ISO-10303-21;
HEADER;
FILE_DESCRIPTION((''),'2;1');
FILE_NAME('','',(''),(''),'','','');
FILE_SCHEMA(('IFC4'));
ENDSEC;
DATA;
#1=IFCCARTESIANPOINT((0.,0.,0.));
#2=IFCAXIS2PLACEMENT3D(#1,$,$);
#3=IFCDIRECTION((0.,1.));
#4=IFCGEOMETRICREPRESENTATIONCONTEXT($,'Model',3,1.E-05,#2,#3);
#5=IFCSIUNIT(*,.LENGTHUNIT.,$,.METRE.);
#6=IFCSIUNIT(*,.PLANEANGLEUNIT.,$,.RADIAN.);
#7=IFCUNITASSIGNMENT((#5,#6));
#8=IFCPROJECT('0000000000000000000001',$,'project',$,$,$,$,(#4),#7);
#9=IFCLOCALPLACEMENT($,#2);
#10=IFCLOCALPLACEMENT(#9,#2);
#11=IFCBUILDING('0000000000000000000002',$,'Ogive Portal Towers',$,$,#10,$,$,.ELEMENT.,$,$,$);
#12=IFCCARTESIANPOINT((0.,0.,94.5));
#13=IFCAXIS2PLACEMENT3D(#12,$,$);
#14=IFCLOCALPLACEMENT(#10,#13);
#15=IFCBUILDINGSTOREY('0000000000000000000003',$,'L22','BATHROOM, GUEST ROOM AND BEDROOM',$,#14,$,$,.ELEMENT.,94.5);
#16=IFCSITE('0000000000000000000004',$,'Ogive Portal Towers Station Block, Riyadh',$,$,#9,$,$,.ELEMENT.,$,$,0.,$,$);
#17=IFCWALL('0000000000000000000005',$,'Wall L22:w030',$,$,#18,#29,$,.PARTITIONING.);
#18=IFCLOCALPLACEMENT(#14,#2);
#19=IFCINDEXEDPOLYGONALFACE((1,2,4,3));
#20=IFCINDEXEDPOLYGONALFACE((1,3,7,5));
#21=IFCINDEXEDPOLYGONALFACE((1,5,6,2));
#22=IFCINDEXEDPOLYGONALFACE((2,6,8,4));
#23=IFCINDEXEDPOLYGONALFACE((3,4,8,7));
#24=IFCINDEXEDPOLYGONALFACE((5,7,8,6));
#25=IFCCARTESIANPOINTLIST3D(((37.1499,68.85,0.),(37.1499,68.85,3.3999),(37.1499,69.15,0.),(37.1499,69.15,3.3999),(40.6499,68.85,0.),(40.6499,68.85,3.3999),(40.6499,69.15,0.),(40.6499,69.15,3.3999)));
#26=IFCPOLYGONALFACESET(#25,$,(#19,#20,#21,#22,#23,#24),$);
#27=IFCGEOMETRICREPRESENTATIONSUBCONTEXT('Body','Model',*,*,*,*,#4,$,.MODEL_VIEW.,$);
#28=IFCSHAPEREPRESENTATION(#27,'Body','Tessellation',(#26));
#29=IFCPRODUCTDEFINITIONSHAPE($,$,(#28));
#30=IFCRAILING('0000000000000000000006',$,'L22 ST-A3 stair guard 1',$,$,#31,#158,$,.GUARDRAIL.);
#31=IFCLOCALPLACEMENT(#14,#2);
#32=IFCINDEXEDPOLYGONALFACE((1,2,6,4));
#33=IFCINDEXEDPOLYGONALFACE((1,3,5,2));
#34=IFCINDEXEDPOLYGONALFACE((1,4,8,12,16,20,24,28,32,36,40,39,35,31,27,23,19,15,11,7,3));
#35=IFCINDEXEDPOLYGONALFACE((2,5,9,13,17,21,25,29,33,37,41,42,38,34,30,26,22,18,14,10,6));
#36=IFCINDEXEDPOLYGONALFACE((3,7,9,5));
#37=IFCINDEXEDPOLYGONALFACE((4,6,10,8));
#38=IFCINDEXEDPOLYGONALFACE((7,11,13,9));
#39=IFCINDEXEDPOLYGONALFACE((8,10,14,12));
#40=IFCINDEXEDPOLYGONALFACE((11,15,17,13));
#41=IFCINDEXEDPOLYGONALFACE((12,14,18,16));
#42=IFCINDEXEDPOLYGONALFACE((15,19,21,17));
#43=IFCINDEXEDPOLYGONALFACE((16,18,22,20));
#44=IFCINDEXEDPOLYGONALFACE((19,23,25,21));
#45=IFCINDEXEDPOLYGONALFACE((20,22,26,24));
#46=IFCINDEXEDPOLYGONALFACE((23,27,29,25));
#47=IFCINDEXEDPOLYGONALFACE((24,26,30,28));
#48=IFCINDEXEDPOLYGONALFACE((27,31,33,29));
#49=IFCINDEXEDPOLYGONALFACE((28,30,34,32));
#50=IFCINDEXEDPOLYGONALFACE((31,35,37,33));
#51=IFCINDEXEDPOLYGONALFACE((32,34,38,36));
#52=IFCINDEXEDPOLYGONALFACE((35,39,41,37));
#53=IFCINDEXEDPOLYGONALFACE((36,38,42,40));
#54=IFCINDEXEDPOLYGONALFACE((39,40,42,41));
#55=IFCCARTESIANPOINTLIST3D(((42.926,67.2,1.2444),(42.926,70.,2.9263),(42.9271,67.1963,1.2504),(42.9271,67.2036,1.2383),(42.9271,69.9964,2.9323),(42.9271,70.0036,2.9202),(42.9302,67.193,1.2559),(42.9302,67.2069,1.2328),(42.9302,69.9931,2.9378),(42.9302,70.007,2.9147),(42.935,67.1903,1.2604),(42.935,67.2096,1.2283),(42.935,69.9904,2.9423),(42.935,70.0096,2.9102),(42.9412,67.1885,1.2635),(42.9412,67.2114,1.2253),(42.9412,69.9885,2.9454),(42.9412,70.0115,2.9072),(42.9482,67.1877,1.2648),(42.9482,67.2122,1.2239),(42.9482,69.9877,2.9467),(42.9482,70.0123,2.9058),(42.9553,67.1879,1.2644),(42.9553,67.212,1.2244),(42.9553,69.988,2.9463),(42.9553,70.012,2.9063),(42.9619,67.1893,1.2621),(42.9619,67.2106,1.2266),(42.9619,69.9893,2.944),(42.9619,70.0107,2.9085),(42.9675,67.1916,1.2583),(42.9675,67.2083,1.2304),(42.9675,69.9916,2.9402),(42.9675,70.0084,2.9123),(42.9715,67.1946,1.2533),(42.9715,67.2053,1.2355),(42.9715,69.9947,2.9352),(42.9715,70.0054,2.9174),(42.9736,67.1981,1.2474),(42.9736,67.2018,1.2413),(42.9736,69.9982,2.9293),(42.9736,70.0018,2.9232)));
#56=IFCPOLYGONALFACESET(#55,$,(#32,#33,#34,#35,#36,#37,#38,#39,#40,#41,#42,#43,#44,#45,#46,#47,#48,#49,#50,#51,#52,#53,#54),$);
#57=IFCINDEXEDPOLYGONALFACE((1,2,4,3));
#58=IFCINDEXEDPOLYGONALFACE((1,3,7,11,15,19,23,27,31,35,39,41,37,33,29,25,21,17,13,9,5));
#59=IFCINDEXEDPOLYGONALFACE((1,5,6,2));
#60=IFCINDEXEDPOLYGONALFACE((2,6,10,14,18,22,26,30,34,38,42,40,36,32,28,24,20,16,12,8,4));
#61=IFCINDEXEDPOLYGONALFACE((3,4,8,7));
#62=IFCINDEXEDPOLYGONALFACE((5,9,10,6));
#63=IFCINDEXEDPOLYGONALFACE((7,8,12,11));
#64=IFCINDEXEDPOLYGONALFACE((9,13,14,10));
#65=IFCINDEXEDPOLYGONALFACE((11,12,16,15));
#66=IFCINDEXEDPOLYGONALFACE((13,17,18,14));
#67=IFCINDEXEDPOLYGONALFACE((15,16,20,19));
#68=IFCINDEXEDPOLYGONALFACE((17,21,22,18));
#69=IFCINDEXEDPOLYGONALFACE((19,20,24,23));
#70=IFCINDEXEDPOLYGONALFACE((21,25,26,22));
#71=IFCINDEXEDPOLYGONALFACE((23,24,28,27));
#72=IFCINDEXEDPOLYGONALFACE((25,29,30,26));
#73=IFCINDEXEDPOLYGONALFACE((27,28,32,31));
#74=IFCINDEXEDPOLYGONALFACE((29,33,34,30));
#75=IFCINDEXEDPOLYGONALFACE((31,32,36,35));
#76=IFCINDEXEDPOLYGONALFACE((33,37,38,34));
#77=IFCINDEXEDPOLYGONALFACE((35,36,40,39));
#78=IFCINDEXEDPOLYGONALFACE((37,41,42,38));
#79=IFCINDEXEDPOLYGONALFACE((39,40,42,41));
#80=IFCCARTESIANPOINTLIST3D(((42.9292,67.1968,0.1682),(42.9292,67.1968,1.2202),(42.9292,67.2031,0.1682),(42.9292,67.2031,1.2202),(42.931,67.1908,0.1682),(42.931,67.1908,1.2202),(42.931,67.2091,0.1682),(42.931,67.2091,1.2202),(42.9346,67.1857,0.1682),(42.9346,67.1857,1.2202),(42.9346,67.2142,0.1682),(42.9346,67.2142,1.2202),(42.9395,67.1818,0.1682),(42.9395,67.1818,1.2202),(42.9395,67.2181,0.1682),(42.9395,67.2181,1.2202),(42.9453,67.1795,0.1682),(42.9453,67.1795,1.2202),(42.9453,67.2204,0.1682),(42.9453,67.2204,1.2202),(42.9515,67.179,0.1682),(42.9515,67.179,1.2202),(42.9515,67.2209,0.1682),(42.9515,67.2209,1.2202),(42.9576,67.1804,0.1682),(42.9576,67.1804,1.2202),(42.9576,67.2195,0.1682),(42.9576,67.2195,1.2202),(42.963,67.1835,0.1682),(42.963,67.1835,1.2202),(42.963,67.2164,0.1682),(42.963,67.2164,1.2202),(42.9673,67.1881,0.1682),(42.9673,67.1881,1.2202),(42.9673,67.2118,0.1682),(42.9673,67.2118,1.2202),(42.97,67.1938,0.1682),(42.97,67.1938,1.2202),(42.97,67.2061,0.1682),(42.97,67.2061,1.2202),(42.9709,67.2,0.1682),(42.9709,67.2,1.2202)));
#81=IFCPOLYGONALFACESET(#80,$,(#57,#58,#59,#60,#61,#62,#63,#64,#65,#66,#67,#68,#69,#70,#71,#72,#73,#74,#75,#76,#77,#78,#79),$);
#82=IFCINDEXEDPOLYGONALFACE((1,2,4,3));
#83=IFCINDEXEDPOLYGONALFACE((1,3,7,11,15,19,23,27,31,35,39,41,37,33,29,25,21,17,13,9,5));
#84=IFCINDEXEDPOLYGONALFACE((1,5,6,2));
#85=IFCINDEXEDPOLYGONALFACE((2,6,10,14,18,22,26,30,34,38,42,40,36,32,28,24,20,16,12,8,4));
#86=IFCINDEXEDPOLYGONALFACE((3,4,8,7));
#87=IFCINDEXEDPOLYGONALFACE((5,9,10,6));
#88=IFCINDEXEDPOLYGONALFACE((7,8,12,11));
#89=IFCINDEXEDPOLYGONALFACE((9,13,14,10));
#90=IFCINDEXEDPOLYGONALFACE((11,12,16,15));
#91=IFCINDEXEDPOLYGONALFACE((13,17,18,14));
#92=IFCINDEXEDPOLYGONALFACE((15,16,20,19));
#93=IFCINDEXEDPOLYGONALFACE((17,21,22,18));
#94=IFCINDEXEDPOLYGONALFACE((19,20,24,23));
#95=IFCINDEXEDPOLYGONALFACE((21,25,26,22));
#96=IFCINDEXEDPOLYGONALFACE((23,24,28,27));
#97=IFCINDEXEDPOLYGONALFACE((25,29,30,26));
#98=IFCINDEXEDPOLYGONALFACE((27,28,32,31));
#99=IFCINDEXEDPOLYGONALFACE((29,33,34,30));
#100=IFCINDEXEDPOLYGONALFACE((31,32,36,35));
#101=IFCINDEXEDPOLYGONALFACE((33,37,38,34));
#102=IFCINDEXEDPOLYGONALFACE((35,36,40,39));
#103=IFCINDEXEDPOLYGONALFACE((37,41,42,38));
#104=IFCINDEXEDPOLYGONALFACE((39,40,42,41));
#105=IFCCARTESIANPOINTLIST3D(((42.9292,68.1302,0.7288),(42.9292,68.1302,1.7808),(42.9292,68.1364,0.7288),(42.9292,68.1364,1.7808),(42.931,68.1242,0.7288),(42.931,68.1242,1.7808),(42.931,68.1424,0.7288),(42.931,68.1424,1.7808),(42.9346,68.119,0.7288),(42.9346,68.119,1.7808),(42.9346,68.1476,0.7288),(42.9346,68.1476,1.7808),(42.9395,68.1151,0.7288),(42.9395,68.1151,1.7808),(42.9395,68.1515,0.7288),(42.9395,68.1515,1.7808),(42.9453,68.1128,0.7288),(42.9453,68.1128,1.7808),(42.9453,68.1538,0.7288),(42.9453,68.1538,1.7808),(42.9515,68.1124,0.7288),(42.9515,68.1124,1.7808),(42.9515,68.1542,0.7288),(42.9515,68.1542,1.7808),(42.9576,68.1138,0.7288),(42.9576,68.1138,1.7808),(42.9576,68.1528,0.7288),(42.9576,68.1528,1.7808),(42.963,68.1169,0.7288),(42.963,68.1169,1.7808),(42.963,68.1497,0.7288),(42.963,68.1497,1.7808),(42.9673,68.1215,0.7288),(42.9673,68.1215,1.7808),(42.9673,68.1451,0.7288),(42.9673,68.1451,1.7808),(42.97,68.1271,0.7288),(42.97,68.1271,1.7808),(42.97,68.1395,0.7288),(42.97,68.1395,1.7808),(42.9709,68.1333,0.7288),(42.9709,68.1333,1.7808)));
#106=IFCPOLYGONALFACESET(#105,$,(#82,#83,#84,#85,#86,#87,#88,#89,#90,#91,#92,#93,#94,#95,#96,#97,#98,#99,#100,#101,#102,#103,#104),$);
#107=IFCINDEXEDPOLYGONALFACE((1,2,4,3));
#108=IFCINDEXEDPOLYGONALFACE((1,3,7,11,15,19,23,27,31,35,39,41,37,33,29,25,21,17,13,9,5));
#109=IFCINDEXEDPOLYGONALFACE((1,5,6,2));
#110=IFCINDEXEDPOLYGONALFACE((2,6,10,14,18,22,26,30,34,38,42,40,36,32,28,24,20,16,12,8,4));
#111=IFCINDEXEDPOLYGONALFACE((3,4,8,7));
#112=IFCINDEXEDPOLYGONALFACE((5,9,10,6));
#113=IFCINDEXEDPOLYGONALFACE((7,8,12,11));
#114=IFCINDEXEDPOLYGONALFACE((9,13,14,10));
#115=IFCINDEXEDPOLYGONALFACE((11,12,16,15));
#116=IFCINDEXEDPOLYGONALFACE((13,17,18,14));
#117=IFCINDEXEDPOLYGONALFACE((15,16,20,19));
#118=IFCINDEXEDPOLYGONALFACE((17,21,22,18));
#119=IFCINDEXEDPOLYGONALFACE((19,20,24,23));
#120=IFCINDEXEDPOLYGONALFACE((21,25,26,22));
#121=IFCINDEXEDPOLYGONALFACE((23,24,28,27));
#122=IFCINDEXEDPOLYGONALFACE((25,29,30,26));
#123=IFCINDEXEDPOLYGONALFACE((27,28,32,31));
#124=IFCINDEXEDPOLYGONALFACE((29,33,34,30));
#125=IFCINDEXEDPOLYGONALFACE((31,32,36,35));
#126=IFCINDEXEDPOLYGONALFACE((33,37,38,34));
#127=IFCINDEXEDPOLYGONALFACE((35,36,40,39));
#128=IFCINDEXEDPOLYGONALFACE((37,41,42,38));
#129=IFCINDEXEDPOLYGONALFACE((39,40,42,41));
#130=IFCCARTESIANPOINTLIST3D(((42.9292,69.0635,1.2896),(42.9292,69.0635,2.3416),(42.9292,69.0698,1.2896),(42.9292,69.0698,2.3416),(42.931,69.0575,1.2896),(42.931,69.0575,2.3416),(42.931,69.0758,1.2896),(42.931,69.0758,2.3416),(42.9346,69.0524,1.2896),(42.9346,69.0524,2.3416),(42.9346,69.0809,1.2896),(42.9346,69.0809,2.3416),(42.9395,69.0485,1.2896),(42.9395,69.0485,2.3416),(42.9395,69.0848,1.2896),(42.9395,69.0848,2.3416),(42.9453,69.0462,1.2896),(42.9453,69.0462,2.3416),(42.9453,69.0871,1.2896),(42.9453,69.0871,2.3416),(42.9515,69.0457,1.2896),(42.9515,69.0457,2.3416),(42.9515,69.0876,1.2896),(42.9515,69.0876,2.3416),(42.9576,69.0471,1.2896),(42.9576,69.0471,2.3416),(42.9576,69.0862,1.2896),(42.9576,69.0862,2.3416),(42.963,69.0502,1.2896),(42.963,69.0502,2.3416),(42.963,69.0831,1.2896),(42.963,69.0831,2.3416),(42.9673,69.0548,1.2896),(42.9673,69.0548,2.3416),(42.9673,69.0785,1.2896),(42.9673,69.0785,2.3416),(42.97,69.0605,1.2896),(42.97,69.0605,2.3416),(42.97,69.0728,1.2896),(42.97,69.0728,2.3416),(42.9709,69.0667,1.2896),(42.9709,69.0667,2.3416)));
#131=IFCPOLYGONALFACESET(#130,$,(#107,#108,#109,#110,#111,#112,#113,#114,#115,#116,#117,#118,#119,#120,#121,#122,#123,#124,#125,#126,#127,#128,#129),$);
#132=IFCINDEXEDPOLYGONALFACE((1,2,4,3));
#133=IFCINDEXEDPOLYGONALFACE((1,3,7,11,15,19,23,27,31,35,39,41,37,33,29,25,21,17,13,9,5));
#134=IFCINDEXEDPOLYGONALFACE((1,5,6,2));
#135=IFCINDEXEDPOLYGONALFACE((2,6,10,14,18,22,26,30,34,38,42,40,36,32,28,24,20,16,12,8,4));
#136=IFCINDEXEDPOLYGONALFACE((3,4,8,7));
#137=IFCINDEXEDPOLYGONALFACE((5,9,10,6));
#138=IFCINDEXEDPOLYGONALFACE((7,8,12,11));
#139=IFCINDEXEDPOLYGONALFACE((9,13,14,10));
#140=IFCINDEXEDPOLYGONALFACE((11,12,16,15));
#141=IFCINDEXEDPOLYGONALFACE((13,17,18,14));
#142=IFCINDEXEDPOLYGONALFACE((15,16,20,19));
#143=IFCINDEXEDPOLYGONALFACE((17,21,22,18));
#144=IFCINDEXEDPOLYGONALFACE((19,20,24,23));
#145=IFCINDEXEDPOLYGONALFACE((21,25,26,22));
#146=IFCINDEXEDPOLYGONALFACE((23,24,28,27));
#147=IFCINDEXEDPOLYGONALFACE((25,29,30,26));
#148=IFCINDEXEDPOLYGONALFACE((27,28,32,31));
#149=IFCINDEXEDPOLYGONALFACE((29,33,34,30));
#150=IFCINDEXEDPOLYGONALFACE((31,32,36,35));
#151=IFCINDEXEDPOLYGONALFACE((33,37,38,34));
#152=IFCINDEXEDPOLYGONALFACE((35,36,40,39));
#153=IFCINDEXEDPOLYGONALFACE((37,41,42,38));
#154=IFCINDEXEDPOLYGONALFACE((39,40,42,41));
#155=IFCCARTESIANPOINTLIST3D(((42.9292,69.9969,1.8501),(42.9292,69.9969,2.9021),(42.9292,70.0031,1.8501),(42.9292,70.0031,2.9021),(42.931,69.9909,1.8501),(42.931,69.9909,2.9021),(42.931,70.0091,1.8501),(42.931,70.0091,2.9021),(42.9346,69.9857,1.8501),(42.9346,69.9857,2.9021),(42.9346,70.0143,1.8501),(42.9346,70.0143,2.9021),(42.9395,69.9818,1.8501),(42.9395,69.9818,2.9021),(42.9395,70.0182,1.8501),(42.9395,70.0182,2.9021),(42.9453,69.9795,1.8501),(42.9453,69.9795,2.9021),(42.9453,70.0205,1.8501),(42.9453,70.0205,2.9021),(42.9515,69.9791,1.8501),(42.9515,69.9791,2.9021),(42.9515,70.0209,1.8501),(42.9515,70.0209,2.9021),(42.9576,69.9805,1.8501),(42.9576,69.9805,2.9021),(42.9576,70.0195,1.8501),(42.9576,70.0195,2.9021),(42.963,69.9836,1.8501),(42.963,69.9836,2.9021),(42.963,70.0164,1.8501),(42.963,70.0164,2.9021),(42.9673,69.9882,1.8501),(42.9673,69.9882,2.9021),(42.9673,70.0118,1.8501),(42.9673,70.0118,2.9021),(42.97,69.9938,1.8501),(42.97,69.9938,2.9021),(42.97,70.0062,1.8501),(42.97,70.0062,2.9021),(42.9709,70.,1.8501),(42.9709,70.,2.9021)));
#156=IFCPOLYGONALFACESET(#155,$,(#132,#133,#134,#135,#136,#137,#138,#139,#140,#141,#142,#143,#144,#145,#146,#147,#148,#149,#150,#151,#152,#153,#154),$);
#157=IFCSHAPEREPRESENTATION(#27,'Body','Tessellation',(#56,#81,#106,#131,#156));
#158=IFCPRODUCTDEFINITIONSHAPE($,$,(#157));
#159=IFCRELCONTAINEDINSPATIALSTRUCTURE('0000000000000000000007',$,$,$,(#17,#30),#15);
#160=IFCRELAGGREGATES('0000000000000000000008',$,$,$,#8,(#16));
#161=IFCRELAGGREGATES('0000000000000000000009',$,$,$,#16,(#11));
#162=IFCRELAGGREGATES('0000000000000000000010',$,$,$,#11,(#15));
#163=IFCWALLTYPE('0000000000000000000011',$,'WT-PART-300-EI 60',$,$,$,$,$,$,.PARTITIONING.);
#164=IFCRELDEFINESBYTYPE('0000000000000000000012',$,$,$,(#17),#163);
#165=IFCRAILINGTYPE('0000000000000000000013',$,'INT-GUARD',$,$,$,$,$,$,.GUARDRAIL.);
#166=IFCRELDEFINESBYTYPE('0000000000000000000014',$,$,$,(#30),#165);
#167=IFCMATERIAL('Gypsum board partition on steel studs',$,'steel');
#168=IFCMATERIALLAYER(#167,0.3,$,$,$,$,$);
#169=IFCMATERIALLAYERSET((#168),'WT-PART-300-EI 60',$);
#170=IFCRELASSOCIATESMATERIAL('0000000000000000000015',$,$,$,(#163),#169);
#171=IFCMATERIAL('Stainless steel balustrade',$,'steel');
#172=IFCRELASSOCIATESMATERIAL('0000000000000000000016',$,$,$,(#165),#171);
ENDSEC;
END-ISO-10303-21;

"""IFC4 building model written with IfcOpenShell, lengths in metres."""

from ifc_helpers import new_model, si_unit, direction, frame, frame_2d, origin, origin_2d, place, context, subcontext, project, spatial, rectangle, circle, extrude, material, layer, layer_set, type_object, element, save


model = new_model("IFC4")

# Units and contexts
model_context = context("Model", 3, precision=1e-05, world=origin(), true_north=direction((0.0, 1.0)))
body_context = subcontext(model_context, "Body", "Model", "MODEL_VIEW")
ifc_project = project(units=[si_unit("LENGTHUNIT", "METRE"), si_unit("PLANEANGLEUNIT", "RADIAN")], contexts=[model_context])

# Site, building, storey
site_placement = place(None, origin())
site = spatial("IfcSite", under=ifc_project, at=site_placement, Name="Ogive Portal Towers Station Block, Riyadh", CompositionType="ELEMENT", RefElevation=0.0)
building_placement = place(site_placement, origin())
building = spatial("IfcBuilding", under=site, at=building_placement, Name="Ogive Portal Towers", CompositionType="ELEMENT")
storey_placement = place(building_placement, frame((0.0, 0.0, 94.5)))
storey = spatial("IfcBuildingStorey", under=building, at=storey_placement, Name="L22", Description="BATHROOM, GUEST ROOM AND BEDROOM", CompositionType="ELEMENT", Elevation=94.5)

# Wall
ifc_material_1 = material(Name="Gypsum board partition on steel studs", Category="steel")
ifc_layer_1 = layer(ifc_material_1, 0.3)
ifc_layer_set_1 = layer_set([ifc_layer_1], Name="WT-PART-300-EI 60")
wall_type_1 = type_object("IfcWallType", Name="WT-PART-300-EI 60", PredefinedType="PARTITIONING", material=ifc_layer_set_1)
wall_1_placement = place(storey_placement, frame((37.1499, 69.0, 0.0), z_axis=(0.0, 0.0, 1.0), x_axis=(1.0, 0.0, 0.0)))
element("IfcWall", 1, at=wall_1_placement, inside=storey, type_object=wall_type_1, Name="Wall L22:w030", PredefinedType="PARTITIONING", context=body_context, shape_type="SweptSolid", body=[
    extrude(rectangle(XDim=3.5, YDim=0.3, at=frame_2d((1.75, 0.0))), origin(), (0.0, 0.0, 1.0), 3.3999),
])

# Railing
ifc_material_2 = material(Name="Stainless steel balustrade", Category="steel")
railing_type_1 = type_object("IfcRailingType", Name="INT-GUARD", PredefinedType="GUARDRAIL", material=ifc_material_2)
railing_1_placement = place(storey_placement, frame((42.95, 67.2, 0.1682)))
element("IfcRailing", 2, at=railing_1_placement, inside=storey, type_object=railing_type_1, Name="L22 ST-A3 stair guard 1", PredefinedType="GUARDRAIL", context=body_context, shape_type="SweptSolid", body=[
    extrude(circle(Radius=0.0239, at=origin_2d()), frame((0.0, 0.0, 1.0762), z_axis=(0.0, 0.857242, 0.514913), x_axis=(-1.0, 0.0, 0.0)), (0.0, 0.0, 1.0), 3.2664),
    extrude(circle(Radius=0.021, at=origin_2d()), origin(), (0.0, 0.0, 1.0), 1.052),
    extrude(circle(Radius=0.021, at=origin_2d()), frame((0.0, 0.9333, 0.5605)), (0.0, 0.0, 1.0), 1.052),
    extrude(circle(Radius=0.021, at=origin_2d()), frame((0.0, 1.8667, 1.1213)), (0.0, 0.0, 1.0), 1.052),
    extrude(circle(Radius=0.021, at=origin_2d()), frame((0.0, 2.8, 1.6819)), (0.0, 0.0, 1.0), 1.052),
])

save(model, "model.ifc")
